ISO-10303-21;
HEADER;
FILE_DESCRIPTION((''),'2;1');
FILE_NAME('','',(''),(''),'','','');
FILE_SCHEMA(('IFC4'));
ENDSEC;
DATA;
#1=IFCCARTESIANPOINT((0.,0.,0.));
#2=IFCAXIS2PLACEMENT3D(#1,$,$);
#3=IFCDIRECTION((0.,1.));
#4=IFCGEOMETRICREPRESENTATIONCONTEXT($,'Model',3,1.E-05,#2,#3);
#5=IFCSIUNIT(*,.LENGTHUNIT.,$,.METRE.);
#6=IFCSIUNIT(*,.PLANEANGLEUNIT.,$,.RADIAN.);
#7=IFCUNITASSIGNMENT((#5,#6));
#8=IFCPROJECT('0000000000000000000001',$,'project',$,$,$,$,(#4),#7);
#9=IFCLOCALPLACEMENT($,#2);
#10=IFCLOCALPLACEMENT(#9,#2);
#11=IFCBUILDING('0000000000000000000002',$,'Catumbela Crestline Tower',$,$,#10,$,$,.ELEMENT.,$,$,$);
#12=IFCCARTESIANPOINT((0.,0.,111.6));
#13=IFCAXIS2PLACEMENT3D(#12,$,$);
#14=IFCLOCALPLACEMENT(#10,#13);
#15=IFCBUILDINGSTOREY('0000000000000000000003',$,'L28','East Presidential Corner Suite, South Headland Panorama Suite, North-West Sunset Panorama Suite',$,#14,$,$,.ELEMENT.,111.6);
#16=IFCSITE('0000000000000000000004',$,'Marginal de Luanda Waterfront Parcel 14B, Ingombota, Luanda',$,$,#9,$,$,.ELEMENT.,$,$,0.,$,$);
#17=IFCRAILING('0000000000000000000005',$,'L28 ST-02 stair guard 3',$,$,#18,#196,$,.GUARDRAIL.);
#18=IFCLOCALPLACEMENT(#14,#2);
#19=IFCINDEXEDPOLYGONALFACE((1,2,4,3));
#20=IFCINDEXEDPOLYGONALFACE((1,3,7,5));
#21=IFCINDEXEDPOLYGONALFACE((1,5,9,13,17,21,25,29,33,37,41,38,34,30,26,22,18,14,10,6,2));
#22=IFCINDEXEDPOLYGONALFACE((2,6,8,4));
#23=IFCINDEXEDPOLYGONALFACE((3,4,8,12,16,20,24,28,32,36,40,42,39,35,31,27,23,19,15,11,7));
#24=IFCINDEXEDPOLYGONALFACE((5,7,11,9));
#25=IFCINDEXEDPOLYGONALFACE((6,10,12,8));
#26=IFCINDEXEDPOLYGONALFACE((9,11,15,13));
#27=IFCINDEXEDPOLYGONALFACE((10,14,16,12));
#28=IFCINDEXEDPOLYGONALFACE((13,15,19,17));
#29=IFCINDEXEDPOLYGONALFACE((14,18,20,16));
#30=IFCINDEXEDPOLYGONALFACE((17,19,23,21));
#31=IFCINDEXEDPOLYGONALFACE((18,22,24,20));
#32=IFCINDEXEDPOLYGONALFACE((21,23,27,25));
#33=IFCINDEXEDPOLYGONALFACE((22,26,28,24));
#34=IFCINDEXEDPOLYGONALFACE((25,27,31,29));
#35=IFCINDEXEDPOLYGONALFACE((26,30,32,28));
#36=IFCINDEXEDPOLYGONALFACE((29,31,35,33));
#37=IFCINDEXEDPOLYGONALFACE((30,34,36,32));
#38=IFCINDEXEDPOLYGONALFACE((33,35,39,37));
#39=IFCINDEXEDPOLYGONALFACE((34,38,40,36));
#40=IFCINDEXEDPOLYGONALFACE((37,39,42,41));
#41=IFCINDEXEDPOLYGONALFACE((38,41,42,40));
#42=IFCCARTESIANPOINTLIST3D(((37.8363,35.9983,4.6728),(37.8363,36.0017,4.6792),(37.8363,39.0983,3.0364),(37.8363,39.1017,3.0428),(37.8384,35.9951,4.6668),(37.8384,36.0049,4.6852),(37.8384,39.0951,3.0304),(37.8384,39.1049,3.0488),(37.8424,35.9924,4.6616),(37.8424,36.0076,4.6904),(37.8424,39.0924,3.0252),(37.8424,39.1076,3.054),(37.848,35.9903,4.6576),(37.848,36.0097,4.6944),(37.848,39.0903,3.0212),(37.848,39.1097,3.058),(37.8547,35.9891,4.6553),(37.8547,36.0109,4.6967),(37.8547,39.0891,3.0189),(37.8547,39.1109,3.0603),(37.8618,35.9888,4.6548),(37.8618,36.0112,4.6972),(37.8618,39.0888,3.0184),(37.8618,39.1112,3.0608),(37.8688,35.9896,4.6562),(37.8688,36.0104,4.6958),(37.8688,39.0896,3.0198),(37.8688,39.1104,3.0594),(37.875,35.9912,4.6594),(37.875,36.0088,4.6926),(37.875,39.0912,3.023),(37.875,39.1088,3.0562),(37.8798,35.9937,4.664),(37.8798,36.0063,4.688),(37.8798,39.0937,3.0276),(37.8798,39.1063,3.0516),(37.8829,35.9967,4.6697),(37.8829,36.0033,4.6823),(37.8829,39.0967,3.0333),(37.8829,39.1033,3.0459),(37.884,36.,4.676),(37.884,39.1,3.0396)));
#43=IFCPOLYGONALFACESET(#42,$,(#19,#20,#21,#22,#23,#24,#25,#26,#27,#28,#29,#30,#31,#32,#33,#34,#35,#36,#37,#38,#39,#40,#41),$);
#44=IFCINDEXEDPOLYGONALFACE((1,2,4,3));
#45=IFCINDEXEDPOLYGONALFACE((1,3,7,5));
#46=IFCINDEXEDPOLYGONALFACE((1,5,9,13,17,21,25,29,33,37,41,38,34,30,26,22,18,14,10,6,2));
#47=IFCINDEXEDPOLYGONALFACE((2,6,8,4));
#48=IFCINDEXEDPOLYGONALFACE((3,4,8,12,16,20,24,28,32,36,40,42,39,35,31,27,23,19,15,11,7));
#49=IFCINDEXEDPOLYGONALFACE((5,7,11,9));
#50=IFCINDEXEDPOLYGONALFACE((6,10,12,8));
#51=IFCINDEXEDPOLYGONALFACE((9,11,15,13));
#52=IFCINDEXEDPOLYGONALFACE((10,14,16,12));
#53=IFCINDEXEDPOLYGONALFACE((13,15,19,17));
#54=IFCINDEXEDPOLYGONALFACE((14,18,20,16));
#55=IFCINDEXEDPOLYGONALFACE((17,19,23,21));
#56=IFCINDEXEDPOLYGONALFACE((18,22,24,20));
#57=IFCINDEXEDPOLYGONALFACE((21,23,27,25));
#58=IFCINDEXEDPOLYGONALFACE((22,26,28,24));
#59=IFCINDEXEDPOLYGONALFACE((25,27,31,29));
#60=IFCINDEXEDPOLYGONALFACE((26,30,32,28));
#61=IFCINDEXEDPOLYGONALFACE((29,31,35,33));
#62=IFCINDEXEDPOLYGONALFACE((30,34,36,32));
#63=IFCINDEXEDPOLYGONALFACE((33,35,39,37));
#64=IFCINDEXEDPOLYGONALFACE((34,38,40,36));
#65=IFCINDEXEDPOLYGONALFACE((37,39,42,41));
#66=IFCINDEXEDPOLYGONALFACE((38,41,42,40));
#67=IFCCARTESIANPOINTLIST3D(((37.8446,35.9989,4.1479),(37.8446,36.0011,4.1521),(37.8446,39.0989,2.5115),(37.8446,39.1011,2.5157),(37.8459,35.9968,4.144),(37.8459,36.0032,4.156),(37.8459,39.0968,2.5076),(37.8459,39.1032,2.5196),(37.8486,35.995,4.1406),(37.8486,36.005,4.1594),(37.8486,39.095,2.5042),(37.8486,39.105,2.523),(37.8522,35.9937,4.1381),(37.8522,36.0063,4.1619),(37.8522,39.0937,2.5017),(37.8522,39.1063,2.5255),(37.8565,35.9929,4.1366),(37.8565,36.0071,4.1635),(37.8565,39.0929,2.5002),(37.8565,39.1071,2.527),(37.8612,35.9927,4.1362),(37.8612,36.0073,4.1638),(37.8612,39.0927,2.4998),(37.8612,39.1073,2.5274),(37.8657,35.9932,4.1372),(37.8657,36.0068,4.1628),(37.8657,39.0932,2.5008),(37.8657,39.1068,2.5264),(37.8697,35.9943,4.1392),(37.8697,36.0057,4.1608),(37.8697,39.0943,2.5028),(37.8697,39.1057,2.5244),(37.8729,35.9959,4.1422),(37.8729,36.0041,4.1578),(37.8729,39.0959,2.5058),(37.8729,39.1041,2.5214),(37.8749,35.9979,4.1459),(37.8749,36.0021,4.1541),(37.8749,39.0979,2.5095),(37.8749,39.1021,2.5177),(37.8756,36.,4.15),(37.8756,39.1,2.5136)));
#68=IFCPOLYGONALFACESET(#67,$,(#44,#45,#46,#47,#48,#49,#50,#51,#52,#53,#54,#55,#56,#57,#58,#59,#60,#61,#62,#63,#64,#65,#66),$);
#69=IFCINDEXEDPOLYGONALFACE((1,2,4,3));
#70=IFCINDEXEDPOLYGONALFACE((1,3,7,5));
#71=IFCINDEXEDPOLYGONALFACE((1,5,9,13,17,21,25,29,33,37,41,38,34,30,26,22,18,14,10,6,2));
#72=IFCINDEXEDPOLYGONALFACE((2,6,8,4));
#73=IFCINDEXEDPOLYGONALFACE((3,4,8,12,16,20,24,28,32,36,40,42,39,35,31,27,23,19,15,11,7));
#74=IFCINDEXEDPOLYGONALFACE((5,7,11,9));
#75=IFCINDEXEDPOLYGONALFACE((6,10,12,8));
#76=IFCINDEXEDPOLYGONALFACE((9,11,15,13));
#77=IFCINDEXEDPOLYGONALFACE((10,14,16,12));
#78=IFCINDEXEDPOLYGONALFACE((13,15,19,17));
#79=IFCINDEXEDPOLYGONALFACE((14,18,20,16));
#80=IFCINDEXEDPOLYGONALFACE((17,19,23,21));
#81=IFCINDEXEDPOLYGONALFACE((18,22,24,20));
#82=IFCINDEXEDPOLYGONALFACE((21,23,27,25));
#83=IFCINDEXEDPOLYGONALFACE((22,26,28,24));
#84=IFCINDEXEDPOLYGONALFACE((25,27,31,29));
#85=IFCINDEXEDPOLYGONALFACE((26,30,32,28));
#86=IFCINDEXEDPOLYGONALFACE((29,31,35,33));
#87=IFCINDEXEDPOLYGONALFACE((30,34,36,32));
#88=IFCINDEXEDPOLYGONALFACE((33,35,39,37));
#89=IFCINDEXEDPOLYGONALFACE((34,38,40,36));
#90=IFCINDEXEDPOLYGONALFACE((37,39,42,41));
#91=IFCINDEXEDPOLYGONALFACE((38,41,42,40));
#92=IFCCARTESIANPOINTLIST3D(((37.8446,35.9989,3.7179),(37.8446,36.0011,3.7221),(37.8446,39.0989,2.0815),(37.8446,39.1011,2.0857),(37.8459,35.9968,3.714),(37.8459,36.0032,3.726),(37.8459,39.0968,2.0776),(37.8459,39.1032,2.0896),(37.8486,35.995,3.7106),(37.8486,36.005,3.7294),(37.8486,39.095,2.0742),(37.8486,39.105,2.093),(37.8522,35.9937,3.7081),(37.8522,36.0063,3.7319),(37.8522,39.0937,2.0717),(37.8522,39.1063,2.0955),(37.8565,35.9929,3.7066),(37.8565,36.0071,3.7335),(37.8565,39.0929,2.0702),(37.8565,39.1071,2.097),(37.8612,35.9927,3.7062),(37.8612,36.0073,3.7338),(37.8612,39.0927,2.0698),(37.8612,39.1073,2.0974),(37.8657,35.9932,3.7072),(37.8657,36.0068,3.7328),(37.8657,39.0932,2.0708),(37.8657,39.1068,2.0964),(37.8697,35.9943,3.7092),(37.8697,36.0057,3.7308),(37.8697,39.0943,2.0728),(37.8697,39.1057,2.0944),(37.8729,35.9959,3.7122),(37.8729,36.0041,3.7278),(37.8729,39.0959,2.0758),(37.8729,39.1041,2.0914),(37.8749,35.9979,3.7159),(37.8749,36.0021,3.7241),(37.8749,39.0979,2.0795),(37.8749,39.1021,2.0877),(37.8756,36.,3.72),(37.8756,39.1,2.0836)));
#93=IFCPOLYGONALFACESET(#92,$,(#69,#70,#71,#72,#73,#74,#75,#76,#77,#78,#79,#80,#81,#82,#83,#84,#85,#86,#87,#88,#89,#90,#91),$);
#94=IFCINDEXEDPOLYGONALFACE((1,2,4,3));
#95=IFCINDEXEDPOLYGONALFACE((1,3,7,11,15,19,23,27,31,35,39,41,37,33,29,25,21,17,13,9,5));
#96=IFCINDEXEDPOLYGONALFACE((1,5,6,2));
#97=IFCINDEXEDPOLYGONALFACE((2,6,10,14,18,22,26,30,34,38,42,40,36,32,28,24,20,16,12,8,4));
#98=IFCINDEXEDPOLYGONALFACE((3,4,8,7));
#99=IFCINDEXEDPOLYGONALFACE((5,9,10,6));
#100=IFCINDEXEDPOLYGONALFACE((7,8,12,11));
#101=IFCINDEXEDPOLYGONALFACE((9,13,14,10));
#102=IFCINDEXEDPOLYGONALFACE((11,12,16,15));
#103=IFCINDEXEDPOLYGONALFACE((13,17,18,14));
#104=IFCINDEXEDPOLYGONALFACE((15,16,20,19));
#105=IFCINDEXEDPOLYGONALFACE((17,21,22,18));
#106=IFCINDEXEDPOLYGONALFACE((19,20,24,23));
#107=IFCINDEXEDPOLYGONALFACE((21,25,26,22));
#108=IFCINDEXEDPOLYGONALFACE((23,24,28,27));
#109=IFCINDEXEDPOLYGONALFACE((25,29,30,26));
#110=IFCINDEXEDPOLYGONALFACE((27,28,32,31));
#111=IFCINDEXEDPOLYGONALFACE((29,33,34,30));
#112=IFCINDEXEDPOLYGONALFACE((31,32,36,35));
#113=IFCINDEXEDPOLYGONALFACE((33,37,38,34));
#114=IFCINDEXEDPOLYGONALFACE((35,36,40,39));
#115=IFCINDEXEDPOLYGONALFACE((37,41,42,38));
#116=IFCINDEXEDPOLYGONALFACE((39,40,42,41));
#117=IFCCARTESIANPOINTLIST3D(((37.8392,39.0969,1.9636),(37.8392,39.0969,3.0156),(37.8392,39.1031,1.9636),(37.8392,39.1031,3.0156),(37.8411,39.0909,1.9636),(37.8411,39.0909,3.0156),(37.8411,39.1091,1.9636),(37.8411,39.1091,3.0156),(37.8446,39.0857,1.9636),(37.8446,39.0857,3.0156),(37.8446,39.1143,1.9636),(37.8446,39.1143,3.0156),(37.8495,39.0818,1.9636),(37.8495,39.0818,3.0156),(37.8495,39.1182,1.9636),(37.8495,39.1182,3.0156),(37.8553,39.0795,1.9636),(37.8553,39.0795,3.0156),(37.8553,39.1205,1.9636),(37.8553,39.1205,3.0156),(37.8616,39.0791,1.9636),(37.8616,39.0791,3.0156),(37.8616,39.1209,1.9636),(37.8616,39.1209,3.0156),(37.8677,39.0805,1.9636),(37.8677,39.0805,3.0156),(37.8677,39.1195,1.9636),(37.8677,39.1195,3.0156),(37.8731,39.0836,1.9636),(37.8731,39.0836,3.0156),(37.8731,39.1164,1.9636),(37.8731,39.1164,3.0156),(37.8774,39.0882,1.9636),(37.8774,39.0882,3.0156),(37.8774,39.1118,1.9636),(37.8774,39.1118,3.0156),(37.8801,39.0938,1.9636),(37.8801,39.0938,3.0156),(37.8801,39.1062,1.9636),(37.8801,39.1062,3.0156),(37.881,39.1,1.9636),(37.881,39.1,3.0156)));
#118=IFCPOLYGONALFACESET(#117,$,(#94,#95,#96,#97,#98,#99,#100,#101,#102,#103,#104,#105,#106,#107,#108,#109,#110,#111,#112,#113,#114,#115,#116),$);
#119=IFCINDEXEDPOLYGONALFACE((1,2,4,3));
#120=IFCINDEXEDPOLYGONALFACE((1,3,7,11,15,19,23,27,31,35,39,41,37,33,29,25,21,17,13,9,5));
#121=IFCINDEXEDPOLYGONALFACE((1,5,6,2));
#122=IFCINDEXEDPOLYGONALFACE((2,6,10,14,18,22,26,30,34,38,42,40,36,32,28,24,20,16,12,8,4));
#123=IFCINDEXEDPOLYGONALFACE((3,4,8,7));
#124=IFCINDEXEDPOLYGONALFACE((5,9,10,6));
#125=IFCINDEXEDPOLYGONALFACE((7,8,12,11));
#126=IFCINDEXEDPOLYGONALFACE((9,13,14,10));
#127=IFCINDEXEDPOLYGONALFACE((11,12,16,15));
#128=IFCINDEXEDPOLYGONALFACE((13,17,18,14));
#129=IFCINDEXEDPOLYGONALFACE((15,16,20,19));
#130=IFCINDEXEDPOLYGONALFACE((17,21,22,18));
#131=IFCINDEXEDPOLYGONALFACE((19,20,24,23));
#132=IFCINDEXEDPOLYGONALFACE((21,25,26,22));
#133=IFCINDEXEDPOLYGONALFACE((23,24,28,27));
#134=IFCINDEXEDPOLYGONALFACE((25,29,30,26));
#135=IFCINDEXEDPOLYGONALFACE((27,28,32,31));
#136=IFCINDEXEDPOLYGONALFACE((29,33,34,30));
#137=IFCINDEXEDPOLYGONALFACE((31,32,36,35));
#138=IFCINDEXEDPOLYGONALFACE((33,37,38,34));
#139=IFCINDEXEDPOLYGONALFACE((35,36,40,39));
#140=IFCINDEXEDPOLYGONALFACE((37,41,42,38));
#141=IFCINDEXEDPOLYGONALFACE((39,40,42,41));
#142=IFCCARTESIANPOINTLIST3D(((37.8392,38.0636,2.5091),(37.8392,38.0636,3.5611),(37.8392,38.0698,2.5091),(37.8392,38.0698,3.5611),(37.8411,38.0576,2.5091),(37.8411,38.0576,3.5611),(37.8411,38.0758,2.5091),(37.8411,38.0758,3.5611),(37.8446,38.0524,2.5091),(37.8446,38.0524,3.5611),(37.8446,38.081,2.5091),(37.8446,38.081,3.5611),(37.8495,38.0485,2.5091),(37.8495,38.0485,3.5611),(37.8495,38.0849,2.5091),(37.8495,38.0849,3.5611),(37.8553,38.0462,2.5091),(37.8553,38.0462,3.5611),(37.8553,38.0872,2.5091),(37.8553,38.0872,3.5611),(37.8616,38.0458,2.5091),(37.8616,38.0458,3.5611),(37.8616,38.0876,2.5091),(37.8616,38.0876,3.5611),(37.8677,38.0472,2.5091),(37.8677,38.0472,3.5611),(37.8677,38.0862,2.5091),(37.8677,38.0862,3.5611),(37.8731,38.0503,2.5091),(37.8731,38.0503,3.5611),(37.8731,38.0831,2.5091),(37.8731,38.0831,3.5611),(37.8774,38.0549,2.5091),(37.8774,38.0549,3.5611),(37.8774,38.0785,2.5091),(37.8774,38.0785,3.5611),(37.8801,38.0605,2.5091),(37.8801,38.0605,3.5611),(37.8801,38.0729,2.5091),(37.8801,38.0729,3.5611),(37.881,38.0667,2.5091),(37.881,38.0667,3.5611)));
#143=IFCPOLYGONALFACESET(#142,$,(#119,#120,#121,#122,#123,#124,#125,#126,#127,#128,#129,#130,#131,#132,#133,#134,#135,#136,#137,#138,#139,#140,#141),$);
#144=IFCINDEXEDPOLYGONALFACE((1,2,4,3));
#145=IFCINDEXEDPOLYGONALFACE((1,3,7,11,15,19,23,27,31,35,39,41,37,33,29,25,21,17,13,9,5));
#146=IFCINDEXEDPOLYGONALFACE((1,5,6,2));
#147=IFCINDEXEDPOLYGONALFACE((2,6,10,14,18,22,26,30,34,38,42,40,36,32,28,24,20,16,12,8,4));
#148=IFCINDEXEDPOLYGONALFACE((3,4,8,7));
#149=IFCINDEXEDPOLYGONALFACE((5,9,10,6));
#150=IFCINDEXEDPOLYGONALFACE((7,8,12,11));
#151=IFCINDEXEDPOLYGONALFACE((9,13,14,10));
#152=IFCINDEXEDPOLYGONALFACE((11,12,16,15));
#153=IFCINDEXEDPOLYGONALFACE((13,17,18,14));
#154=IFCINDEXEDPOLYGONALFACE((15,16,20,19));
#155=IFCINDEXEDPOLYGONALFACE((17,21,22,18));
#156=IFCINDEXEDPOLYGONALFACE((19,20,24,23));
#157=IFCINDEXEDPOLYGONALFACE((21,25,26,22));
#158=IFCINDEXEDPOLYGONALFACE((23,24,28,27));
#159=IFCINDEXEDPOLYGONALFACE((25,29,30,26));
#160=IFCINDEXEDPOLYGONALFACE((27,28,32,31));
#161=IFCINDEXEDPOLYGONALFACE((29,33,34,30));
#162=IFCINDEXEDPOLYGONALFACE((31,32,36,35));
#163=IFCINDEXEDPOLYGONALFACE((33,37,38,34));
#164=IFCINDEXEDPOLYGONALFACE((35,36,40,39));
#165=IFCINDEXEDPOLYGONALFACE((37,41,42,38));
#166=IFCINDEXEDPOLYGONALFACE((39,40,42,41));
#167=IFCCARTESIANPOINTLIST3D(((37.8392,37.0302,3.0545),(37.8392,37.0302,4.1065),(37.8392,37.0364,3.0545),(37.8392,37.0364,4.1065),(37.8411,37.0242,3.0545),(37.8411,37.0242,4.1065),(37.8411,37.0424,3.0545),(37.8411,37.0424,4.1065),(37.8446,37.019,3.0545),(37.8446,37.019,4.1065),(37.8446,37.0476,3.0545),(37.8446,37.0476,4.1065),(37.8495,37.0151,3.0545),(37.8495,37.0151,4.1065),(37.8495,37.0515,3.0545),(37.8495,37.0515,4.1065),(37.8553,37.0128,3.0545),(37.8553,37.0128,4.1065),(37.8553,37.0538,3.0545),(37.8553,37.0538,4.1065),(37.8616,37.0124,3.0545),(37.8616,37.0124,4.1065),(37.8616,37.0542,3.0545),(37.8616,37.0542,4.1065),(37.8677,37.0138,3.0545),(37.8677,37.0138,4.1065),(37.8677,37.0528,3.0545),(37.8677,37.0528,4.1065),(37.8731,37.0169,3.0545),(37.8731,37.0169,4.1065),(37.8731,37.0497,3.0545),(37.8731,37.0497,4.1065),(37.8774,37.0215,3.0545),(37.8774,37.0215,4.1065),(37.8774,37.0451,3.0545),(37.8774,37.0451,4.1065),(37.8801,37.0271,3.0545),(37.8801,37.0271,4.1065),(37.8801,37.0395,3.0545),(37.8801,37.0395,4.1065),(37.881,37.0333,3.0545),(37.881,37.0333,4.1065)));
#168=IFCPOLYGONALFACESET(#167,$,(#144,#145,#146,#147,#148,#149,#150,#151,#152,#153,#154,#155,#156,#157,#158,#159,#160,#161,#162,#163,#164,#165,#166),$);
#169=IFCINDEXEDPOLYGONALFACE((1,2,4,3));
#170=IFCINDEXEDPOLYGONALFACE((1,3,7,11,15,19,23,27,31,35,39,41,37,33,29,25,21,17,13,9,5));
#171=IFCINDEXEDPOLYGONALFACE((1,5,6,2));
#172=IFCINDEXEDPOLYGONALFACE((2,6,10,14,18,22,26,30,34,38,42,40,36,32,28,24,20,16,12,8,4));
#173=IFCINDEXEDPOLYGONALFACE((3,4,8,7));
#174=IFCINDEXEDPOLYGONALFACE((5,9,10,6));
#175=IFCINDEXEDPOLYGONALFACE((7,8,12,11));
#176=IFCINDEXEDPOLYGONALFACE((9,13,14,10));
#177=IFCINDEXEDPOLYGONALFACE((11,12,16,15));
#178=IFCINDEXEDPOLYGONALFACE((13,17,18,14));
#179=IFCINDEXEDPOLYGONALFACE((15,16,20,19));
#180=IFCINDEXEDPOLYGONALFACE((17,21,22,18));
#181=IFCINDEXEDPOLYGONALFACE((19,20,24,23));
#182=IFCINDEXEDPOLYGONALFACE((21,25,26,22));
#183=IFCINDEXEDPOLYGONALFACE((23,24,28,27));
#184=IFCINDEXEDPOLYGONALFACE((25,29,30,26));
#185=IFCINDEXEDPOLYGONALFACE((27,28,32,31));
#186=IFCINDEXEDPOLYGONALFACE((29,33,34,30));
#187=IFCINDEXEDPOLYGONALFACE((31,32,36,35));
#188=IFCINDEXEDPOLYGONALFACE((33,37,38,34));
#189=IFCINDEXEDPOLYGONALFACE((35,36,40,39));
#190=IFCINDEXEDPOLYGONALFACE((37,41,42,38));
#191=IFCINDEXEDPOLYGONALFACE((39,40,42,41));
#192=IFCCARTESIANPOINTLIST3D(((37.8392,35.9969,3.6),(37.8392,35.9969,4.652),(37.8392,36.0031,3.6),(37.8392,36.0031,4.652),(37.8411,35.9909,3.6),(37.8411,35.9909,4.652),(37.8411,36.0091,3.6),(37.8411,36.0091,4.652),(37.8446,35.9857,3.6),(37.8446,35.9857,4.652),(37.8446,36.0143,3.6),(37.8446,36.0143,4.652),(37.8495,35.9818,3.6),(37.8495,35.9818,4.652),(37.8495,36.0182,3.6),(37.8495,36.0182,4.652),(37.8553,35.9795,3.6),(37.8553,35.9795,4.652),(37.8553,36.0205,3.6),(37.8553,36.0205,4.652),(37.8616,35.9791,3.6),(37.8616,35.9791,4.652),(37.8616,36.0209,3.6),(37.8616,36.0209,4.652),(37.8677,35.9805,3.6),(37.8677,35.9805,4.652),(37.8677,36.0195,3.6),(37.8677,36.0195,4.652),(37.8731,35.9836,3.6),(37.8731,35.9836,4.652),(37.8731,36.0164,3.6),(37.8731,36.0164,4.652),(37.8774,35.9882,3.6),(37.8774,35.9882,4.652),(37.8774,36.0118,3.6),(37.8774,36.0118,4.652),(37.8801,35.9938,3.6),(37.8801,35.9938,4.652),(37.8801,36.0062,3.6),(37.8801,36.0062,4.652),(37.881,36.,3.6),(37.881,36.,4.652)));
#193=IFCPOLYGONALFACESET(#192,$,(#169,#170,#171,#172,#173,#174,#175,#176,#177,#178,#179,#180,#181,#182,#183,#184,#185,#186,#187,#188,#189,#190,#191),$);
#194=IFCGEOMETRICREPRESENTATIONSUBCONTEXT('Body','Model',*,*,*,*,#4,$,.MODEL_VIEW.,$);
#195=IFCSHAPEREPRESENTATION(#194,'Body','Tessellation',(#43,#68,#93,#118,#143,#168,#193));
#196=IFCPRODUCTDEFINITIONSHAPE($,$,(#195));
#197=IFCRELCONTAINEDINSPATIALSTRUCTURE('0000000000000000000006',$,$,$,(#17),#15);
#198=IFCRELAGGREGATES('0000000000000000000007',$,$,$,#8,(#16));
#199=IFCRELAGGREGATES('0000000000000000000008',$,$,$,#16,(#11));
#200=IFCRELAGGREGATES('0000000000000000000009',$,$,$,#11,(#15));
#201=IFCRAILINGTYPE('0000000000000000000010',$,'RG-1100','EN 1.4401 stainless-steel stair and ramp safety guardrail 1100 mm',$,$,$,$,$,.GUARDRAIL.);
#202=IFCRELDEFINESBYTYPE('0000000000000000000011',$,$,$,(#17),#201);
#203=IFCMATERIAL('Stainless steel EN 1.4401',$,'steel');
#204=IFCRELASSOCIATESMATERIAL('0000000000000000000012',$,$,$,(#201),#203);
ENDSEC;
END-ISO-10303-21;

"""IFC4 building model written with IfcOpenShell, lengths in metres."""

from ifc_helpers import new_model, si_unit, direction, frame, origin, origin_2d, place, context, subcontext, project, spatial, circle, extrude, material, type_object, element, save


model = new_model("IFC4")

# Units and contexts
model_context = context("Model", 3, precision=1e-05, world=origin(), true_north=direction((0.0, 1.0)))
body_context = subcontext(model_context, "Body", "Model", "MODEL_VIEW")
ifc_project = project(units=[si_unit("LENGTHUNIT", "METRE"), si_unit("PLANEANGLEUNIT", "RADIAN")], contexts=[model_context])

# Site, building, storey
site_placement = place(None, origin())
site = spatial("IfcSite", under=ifc_project, at=site_placement, Name="Marginal de Luanda Waterfront Parcel 14B, Ingombota, Luanda", CompositionType="ELEMENT", RefElevation=0.0)
building_placement = place(site_placement, origin())
building = spatial("IfcBuilding", under=site, at=building_placement, Name="Catumbela Crestline Tower", CompositionType="ELEMENT")
storey_placement = place(building_placement, frame((0.0, 0.0, 111.6)))
storey = spatial("IfcBuildingStorey", under=building, at=storey_placement, Name="L28", Description="East Presidential Corner Suite, South Headland Panorama Suite, North-West Sunset Panorama Suite", CompositionType="ELEMENT", Elevation=111.6)

# Shared definitions
ifc_material_1 = material(Name="Stainless steel EN 1.4401", Category="steel")

# Railing
railing_type_1 = type_object("IfcRailingType", Name="RG-1100", Description="EN 1.4401 stainless-steel stair and ramp safety guardrail 1100 mm", PredefinedType="GUARDRAIL", material=ifc_material_1)
railing_1_placement = place(storey_placement, frame((37.86, 39.1, 1.9636)))
element("IfcRailing", 1, at=railing_1_placement, inside=storey, type_object=railing_type_1, Name="L28 ST-02 stair guard 3", PredefinedType="GUARDRAIL", context=body_context, shape_type="SweptSolid", body=[
    extrude(circle(Radius=0.024, at=origin_2d()), frame((0.0, 0.0, 1.076), z_axis=(0.0, -0.884351, 0.466823), x_axis=(1.0, 0.0, 0.0)), (0.0, 0.0, 1.0), 3.5054),
    extrude(circle(Radius=0.0156, at=origin_2d()), frame((0.0, 0.0, 0.55), z_axis=(0.0, -0.884351, 0.466823), x_axis=(1.0, 0.0, 0.0)), (0.0, 0.0, 1.0), 3.5054),
    extrude(circle(Radius=0.0156, at=origin_2d()), frame((0.0, 0.0, 0.12), z_axis=(0.0, -0.884351, 0.466823), x_axis=(1.0, 0.0, 0.0)), (0.0, 0.0, 1.0), 3.5054),
    extrude(circle(Radius=0.021, at=origin_2d()), origin(), (0.0, 0.0, 1.0), 1.052),
    extrude(circle(Radius=0.021, at=origin_2d()), frame((0.0, -1.0333, 0.5455)), (0.0, 0.0, 1.0), 1.052),
    extrude(circle(Radius=0.021, at=origin_2d()), frame((0.0, -2.0667, 1.0909)), (0.0, 0.0, 1.0), 1.052),
    extrude(circle(Radius=0.021, at=origin_2d()), frame((0.0, -3.1, 1.6364)), (0.0, 0.0, 1.0), 1.052),
])

save(model, "model.ifc")
